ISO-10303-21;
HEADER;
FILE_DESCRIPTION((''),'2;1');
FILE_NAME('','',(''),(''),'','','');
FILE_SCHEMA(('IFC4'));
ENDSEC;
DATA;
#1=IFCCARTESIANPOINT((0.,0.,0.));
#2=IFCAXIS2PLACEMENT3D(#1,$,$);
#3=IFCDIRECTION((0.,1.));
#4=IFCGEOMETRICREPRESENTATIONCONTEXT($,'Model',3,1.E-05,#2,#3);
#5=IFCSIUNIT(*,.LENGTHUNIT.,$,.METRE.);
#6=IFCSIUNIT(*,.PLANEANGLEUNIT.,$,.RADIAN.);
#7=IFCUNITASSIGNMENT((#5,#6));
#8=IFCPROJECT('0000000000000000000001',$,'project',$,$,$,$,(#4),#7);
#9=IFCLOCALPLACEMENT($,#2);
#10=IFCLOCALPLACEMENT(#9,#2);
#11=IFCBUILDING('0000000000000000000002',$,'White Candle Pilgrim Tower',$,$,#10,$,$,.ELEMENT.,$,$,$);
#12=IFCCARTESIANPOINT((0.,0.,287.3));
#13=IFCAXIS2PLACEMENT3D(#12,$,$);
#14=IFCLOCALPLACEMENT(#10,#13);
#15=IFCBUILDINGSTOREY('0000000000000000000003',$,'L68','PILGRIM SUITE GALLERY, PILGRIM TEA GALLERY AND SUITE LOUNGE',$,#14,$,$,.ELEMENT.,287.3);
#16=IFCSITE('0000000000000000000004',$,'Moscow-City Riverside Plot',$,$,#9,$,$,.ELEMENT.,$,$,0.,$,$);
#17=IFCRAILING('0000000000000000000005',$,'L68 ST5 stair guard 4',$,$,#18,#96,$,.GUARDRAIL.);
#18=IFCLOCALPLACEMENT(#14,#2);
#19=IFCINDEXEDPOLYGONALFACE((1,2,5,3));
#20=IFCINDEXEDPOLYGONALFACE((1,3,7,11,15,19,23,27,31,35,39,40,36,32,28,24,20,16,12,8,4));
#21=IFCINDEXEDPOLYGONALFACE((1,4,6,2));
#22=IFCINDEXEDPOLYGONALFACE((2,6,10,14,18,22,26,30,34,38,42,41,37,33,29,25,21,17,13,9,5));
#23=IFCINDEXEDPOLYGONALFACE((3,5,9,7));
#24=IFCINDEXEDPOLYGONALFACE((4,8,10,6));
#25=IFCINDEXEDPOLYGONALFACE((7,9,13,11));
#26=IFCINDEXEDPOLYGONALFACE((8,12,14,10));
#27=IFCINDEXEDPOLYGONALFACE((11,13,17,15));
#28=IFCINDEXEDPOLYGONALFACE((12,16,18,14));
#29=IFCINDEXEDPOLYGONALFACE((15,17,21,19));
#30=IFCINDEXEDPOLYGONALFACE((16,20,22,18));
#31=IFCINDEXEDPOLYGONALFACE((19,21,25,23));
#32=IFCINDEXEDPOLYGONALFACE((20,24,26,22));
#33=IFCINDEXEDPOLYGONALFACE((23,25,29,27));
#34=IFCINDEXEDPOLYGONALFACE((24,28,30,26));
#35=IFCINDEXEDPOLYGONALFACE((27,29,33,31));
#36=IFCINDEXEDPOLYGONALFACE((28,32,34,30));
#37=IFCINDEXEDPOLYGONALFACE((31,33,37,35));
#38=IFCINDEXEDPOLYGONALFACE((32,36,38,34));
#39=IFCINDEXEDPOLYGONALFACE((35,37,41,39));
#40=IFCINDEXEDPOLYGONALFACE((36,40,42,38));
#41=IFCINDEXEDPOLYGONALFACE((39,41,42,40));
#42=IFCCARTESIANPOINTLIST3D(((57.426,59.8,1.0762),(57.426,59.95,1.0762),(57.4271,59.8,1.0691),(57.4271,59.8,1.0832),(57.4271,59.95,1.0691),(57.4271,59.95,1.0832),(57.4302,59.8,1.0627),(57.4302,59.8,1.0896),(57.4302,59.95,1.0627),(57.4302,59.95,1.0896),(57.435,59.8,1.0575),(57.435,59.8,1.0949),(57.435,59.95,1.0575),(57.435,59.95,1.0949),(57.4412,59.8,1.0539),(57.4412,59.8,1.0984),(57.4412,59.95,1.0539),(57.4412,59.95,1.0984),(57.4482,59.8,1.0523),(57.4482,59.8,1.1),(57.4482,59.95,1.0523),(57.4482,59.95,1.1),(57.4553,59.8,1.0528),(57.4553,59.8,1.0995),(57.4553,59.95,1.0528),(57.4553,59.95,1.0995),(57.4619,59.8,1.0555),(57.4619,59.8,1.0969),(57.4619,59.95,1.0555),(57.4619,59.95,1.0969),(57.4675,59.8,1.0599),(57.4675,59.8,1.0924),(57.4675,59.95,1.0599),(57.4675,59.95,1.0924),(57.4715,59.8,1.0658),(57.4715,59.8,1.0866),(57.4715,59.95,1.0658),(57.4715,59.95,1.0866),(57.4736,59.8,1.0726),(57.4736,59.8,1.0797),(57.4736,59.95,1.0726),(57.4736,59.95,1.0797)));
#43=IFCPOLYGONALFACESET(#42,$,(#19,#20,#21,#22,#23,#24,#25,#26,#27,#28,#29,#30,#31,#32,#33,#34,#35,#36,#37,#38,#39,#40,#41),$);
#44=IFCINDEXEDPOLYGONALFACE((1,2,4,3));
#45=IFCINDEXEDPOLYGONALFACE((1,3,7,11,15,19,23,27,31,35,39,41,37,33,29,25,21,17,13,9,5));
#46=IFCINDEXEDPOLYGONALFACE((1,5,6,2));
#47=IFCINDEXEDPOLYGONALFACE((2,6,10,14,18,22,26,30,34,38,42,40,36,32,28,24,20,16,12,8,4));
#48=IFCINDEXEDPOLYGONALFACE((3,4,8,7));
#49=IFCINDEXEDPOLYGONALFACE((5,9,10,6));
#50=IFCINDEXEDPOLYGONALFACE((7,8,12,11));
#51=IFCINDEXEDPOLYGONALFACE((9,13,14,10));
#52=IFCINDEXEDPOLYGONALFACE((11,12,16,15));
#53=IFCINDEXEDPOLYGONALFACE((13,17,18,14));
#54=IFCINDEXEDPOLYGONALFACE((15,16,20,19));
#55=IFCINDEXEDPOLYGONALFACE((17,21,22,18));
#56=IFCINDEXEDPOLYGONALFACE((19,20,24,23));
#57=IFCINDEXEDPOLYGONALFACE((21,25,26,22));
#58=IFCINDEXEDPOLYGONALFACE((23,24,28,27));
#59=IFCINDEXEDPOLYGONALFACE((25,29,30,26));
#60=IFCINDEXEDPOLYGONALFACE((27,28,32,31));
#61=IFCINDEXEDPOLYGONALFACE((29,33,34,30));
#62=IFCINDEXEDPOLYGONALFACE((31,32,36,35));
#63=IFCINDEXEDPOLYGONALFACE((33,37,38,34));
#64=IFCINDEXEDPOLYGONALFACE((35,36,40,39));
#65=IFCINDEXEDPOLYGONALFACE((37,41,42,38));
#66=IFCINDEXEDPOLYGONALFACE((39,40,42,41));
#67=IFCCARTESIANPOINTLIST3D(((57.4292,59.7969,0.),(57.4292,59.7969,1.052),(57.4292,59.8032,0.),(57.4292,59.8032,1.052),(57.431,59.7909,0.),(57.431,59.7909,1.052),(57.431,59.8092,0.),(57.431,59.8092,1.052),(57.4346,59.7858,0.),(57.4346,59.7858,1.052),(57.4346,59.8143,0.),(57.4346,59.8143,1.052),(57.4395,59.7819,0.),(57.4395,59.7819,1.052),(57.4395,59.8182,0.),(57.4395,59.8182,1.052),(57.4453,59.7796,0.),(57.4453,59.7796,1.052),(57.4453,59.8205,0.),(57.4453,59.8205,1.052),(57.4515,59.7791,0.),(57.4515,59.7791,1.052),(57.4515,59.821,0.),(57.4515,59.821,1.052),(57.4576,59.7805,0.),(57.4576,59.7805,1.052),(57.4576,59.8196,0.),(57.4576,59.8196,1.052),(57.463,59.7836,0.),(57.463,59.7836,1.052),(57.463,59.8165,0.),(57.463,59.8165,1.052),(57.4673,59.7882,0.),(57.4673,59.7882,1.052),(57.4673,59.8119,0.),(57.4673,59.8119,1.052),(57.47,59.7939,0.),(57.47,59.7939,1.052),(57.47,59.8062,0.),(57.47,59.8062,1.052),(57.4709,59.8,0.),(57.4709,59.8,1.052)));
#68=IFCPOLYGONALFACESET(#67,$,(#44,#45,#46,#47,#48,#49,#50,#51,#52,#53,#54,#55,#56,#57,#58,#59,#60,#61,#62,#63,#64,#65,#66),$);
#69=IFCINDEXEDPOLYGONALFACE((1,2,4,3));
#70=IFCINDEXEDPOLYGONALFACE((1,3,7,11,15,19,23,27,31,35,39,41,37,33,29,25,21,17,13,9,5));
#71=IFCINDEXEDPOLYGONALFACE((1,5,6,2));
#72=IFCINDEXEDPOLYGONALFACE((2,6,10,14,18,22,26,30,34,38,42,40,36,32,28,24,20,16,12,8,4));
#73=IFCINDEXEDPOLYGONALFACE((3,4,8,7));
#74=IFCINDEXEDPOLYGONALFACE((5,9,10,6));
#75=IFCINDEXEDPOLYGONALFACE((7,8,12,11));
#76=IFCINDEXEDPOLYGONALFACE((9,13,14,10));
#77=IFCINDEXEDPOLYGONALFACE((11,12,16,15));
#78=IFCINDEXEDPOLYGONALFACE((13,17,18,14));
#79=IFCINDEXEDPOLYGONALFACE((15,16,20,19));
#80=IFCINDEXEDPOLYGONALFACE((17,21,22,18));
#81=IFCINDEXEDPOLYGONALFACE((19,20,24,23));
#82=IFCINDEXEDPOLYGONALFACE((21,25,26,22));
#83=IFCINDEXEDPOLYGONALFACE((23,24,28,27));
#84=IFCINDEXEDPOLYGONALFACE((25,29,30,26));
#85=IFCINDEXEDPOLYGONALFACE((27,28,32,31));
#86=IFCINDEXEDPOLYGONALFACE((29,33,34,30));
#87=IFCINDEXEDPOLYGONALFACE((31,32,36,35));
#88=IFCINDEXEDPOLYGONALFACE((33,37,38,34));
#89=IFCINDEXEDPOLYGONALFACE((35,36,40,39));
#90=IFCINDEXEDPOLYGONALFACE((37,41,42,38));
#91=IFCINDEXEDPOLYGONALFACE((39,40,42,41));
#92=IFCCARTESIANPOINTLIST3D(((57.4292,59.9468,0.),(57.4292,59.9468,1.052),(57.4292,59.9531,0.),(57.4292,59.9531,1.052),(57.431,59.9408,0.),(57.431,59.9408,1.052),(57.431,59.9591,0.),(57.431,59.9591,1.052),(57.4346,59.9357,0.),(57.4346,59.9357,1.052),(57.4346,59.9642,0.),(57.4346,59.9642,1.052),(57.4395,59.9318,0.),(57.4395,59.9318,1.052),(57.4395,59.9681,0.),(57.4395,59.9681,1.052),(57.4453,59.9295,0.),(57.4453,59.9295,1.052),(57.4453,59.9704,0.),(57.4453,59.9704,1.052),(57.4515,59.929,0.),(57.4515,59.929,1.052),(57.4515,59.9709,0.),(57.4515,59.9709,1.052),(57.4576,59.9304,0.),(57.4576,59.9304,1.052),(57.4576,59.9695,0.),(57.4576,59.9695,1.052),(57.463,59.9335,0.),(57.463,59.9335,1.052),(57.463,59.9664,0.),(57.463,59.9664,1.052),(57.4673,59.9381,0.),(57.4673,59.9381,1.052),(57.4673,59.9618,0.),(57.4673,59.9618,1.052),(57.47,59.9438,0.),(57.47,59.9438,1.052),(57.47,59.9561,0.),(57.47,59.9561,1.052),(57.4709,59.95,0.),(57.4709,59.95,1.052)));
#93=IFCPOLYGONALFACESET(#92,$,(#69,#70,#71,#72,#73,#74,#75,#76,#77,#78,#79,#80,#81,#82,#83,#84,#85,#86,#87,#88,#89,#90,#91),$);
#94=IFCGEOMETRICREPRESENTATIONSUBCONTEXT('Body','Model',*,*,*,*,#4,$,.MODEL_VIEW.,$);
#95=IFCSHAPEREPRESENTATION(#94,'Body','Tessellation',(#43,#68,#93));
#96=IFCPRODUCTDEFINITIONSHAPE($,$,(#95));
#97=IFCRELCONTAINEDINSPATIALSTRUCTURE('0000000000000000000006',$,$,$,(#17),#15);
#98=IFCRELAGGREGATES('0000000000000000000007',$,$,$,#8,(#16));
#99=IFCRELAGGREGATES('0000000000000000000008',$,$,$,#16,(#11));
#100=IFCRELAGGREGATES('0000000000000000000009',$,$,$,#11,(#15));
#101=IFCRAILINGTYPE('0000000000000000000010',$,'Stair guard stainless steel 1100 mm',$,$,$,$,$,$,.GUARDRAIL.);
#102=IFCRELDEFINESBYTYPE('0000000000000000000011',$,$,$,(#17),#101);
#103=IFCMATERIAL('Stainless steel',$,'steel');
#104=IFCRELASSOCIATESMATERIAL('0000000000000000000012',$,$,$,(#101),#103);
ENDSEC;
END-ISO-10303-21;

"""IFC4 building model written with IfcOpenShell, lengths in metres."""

from ifc_helpers import new_model, si_unit, direction, frame, origin, origin_2d, place, context, subcontext, project, spatial, circle, extrude, material, type_object, element, save


model = new_model("IFC4")

# Units and contexts
model_context = context("Model", 3, precision=1e-05, world=origin(), true_north=direction((0.0, 1.0)))
body_context = subcontext(model_context, "Body", "Model", "MODEL_VIEW")
ifc_project = project(units=[si_unit("LENGTHUNIT", "METRE"), si_unit("PLANEANGLEUNIT", "RADIAN")], contexts=[model_context])

# Site, building, storey
site_placement = place(None, origin())
site = spatial("IfcSite", under=ifc_project, at=site_placement, Name="Moscow-City Riverside Plot", CompositionType="ELEMENT", RefElevation=0.0)
building_placement = place(site_placement, origin())
building = spatial("IfcBuilding", under=site, at=building_placement, Name="White Candle Pilgrim Tower", CompositionType="ELEMENT")
storey_placement = place(building_placement, frame((0.0, 0.0, 287.3)))
storey = spatial("IfcBuildingStorey", under=building, at=storey_placement, Name="L68", Description="PILGRIM SUITE GALLERY, PILGRIM TEA GALLERY AND SUITE LOUNGE", CompositionType="ELEMENT", Elevation=287.3)

# Railing
ifc_material_1 = material(Name="Stainless steel", Category="steel")
railing_type_1 = type_object("IfcRailingType", Name="Stair guard stainless steel 1100 mm", PredefinedType="GUARDRAIL", material=ifc_material_1)
railing_1_placement = place(storey_placement, frame((57.45, 59.8, 0.0)))
element("IfcRailing", 1, at=railing_1_placement, inside=storey, type_object=railing_type_1, Name="L68 ST5 stair guard 4", PredefinedType="GUARDRAIL", context=body_context, shape_type="SweptSolid", body=[
    extrude(circle(Radius=0.0239, at=origin_2d()), frame((0.0, 0.0, 1.0762), z_axis=(0.0, 1.0, 0.0), x_axis=(-1.0, 0.0, 0.0)), (0.0, 0.0, 1.0), 0.1499),
    extrude(circle(Radius=0.021, at=origin_2d()), origin(), (0.0, 0.0, 1.0), 1.052),
    extrude(circle(Radius=0.021, at=origin_2d()), frame((0.0, 0.1499, 0.0)), (0.0, 0.0, 1.0), 1.052),
])

save(model, "model.ifc")
